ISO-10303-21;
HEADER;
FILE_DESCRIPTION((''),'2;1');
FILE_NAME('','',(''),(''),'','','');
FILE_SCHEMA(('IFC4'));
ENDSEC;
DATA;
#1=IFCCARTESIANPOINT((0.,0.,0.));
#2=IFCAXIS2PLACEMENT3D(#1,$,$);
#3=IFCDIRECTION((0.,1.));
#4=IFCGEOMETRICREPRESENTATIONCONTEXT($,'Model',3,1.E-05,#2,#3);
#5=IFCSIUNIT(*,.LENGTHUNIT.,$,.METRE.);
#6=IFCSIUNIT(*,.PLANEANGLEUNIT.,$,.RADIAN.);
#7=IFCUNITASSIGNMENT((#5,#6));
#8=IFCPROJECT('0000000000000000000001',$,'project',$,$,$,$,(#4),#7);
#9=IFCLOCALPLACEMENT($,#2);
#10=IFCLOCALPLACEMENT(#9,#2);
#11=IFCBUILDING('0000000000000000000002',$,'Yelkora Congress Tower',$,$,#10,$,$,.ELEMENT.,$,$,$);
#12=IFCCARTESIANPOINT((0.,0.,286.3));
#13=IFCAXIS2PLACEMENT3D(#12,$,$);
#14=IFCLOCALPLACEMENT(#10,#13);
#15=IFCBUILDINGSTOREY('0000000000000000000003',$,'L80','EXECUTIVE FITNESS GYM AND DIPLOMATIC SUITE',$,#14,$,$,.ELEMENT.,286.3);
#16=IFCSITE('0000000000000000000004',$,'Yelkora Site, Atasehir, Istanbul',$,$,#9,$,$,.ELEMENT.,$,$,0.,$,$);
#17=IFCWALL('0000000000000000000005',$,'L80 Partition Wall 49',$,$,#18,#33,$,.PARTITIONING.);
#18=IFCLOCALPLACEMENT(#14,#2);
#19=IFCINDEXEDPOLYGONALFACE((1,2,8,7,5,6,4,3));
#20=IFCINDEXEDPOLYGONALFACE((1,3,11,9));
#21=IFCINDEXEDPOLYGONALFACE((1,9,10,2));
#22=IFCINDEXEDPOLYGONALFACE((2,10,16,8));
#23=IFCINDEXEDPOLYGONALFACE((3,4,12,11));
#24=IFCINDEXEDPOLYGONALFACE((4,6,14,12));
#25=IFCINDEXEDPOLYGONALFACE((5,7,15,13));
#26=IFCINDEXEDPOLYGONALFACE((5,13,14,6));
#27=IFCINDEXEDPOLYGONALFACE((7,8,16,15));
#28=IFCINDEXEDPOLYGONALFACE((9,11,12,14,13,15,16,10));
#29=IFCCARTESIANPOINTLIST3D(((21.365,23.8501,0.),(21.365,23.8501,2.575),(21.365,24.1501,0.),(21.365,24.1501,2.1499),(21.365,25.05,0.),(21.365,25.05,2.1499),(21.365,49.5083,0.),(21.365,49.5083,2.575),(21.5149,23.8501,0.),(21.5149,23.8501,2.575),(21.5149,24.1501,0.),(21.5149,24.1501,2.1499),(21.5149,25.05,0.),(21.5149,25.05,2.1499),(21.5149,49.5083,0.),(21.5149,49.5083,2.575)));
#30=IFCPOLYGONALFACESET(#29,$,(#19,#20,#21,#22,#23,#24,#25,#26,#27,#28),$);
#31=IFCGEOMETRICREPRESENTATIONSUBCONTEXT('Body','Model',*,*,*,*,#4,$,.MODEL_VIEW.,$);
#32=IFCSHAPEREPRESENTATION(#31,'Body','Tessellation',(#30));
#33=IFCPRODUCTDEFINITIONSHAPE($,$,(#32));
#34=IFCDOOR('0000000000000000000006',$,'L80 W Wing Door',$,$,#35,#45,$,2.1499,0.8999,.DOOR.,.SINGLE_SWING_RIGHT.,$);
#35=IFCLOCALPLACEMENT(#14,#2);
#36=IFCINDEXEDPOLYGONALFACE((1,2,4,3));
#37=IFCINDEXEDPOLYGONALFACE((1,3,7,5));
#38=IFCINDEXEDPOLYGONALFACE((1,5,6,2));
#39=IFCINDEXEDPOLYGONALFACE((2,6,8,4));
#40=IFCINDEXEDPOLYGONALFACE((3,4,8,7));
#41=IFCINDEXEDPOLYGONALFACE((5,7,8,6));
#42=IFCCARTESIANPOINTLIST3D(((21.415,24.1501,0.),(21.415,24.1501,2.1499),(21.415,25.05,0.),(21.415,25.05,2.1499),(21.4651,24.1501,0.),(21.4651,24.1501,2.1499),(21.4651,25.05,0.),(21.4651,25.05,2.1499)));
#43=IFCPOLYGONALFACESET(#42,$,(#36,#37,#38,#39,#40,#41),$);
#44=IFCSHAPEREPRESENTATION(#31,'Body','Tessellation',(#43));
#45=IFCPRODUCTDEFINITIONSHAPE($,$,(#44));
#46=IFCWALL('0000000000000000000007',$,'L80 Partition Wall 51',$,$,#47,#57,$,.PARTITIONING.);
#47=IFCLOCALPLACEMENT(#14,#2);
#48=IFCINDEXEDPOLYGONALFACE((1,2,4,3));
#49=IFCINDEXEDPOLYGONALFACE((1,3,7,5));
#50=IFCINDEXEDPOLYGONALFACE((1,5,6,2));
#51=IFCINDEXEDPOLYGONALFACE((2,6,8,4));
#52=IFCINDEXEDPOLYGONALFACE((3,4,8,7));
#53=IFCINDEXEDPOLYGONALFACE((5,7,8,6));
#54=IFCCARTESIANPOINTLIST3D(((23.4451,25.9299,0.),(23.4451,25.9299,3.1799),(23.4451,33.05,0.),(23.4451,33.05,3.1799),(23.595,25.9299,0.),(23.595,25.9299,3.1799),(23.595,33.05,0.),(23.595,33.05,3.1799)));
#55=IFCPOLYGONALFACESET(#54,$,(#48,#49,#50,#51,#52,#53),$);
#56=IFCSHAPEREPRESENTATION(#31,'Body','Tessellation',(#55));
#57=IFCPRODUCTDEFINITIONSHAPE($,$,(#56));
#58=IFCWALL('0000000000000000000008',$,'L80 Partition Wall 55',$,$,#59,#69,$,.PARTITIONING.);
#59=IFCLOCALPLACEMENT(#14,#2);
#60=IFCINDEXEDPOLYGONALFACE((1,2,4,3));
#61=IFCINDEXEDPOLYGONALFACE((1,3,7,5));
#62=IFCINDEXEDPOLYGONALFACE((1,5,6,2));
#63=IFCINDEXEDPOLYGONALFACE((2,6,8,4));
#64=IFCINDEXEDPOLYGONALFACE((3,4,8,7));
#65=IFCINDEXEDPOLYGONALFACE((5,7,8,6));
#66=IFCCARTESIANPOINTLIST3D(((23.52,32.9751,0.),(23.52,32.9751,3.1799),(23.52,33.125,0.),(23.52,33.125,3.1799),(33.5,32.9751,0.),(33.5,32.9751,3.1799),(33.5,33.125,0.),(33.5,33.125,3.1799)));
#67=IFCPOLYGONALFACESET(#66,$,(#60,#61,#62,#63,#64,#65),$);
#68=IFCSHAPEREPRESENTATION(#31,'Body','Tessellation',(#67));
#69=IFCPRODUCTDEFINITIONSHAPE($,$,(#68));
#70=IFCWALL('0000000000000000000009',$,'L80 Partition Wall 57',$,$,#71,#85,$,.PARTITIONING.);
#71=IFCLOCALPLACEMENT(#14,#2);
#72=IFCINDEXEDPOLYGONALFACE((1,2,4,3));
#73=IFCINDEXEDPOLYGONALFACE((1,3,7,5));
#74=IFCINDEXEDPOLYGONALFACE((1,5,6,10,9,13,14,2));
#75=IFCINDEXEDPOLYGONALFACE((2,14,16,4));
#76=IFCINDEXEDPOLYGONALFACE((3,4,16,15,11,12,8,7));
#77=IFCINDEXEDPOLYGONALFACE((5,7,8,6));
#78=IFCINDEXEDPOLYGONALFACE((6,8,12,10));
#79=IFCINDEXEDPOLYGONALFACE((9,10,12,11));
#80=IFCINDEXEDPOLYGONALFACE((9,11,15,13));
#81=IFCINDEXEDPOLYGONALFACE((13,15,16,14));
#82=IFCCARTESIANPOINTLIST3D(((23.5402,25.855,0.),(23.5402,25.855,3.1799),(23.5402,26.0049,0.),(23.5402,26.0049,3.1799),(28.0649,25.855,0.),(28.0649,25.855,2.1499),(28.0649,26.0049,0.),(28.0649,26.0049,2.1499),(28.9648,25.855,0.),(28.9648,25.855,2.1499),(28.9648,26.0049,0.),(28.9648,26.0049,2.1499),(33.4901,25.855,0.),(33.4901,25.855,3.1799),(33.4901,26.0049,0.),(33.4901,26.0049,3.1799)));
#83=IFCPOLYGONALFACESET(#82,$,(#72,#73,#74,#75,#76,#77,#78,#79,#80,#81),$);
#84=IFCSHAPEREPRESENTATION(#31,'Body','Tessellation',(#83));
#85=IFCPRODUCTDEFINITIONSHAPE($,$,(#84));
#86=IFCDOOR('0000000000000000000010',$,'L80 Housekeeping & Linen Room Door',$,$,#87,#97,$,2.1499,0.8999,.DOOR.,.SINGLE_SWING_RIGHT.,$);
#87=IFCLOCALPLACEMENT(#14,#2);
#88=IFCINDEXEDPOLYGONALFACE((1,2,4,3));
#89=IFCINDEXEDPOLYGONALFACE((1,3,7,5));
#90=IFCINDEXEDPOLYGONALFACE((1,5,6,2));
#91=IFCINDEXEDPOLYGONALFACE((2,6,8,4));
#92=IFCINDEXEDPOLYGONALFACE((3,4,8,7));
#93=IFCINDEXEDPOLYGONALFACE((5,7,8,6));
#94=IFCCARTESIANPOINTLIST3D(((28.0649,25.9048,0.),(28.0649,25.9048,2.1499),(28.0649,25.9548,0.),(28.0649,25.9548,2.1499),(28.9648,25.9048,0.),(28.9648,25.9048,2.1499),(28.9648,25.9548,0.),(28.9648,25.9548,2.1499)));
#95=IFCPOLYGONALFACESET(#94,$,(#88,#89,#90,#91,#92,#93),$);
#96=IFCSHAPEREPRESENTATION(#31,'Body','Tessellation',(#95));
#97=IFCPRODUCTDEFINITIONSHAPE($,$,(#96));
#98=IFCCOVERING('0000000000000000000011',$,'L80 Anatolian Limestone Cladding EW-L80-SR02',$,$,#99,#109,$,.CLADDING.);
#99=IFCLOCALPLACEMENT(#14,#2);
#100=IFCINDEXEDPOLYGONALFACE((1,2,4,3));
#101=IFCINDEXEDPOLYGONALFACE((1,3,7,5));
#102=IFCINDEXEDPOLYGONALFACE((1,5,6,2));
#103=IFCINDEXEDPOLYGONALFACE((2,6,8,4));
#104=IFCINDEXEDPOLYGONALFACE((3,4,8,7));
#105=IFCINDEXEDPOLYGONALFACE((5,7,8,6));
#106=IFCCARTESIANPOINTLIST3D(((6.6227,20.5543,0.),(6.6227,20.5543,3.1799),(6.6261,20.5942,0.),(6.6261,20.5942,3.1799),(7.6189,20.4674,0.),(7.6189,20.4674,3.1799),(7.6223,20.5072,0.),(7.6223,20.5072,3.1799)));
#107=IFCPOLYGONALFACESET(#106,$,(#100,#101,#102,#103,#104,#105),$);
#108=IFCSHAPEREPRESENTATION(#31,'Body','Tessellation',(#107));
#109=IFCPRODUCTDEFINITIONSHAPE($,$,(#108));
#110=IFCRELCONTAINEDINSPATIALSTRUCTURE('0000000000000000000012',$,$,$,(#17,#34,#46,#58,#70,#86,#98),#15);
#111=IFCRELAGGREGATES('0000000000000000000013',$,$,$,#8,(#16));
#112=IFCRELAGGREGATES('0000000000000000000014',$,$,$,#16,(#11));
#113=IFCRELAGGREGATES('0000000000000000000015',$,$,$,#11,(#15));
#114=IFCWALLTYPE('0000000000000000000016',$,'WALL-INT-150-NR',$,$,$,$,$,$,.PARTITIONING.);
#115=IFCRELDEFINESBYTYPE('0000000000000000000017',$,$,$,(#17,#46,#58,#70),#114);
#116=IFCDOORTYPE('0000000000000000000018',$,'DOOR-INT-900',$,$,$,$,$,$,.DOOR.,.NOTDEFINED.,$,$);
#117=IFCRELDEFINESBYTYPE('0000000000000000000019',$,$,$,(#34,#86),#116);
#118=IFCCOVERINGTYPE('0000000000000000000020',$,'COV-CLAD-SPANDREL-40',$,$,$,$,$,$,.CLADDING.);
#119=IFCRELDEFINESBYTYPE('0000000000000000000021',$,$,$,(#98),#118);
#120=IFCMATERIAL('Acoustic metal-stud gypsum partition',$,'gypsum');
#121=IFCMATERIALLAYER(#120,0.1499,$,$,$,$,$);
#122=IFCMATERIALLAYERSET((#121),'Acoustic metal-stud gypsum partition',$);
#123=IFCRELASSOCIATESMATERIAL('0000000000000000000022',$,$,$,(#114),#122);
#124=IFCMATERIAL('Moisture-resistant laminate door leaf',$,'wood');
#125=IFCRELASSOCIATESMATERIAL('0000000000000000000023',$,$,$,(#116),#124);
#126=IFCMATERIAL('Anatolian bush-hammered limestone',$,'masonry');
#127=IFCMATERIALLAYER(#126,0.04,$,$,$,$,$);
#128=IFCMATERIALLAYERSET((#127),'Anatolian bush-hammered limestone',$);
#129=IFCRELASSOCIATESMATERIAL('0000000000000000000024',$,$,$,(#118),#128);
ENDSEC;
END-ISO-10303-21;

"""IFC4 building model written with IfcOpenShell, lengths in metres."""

from ifc_helpers import new_model, si_unit, direction, frame, frame_2d, origin, place, context, subcontext, project, spatial, rectangle, extrude, material, layer, layer_set, type_object, element, fill, save


model = new_model("IFC4")

# Units and contexts
model_context = context("Model", 3, precision=1e-05, world=origin(), true_north=direction((0.0, 1.0)))
body_context = subcontext(model_context, "Body", "Model", "MODEL_VIEW")
ifc_project = project(units=[si_unit("LENGTHUNIT", "METRE"), si_unit("PLANEANGLEUNIT", "RADIAN")], contexts=[model_context])

# Site, building, storey
site_placement = place(None, origin())
site = spatial("IfcSite", under=ifc_project, at=site_placement, Name="Yelkora Site, Atasehir, Istanbul", CompositionType="ELEMENT", RefElevation=0.0)
building_placement = place(site_placement, origin())
building = spatial("IfcBuilding", under=site, at=building_placement, Name="Yelkora Congress Tower", CompositionType="ELEMENT")
storey_placement = place(building_placement, frame((0.0, 0.0, 286.3)))
storey = spatial("IfcBuildingStorey", under=building, at=storey_placement, Name="L80", Description="EXECUTIVE FITNESS GYM AND DIPLOMATIC SUITE", CompositionType="ELEMENT", Elevation=286.3)

# Wall, opening, door
ifc_material_1 = material(Name="Acoustic metal-stud gypsum partition", Category="gypsum")
ifc_layer_1 = layer(ifc_material_1, 0.1499)
ifc_layer_set_1 = layer_set([ifc_layer_1], Name="Acoustic metal-stud gypsum partition")
wall_type_1 = type_object("IfcWallType", Name="WALL-INT-150-NR", PredefinedType="PARTITIONING", material=ifc_layer_set_1)
wall_1_placement = place(storey_placement, frame((21.4399, 23.8501, 0.0), z_axis=(0.0, 0.0, 1.0), x_axis=(0.0, 1.0, 0.0)))
wall_1 = element("IfcWall", 1, at=wall_1_placement, inside=storey, type_object=wall_type_1, Name="L80 Partition Wall 49", PredefinedType="PARTITIONING", context=body_context, shape_type="SweptSolid", body=[
    extrude(rectangle(XDim=25.6582, YDim=0.1499, at=frame_2d((12.8291, 0.0))), origin(), (0.0, 0.0, 1.0), 2.575),
])
opening_1_placement = place(wall_1_placement, frame((0.3, 0.0, 0.0)))
opening_1 = element("IfcOpeningElement", 2, at=opening_1_placement, cuts=wall_1, PredefinedType="OPENING", context=body_context, shape_type="SweptSolid", body=[
    extrude(rectangle(XDim=0.8999, YDim=2.1499, at=frame_2d((0.45, 1.075))), frame((0.0, 0.085, 0.0), z_axis=(0.0, -1.0, 0.0), x_axis=(1.0, 0.0, 0.0)), (0.0, 0.0, 1.0), 0.1699),
])
ifc_material_2 = material(Name="Moisture-resistant laminate door leaf", Category="wood")
door_type_1 = type_object("IfcDoorType", Name="DOOR-INT-900", OperationType="NOTDEFINED", PredefinedType="DOOR", material=ifc_material_2)
door_1_placement = place(opening_1_placement, origin())
door_1 = element("IfcDoor", 3, at=door_1_placement, inside=storey, type_object=door_type_1, Name="L80 W Wing Door", OperationType="SINGLE_SWING_RIGHT", OverallHeight=2.1499, OverallWidth=0.8999, PredefinedType="DOOR", context=body_context, shape_type="SweptSolid", body=[
    extrude(rectangle(XDim=0.8999, YDim=2.1499, at=frame_2d((0.45, 1.075))), frame((0.0, 0.0249, 0.0), z_axis=(0.0, -1.0, 0.0), x_axis=(1.0, 0.0, 0.0)), (0.0, 0.0, 1.0), 0.05),
])
fill(opening_1, door_1)

# Walls
wall_2_placement = place(storey_placement, frame((23.52, 25.9299, 0.0), z_axis=(0.0, 0.0, 1.0), x_axis=(0.0, 1.0, 0.0)))
element("IfcWall", 4, at=wall_2_placement, inside=storey, type_object=wall_type_1, Name="L80 Partition Wall 51", PredefinedType="PARTITIONING", context=body_context, shape_type="SweptSolid", body=[
    extrude(rectangle(XDim=7.1201, YDim=0.1499, at=frame_2d((3.5601, 0.0))), origin(), (0.0, 0.0, 1.0), 3.1799),
])
wall_3_placement = place(storey_placement, frame((23.52, 33.05, 0.0), z_axis=(0.0, 0.0, 1.0), x_axis=(1.0, 0.0, 0.0)))
element("IfcWall", 5, at=wall_3_placement, inside=storey, type_object=wall_type_1, Name="L80 Partition Wall 55", PredefinedType="PARTITIONING", context=body_context, shape_type="SweptSolid", body=[
    extrude(rectangle(XDim=9.98, YDim=0.1499, at=frame_2d((4.99, 0.0))), origin(), (0.0, 0.0, 1.0), 3.1799),
])

# Wall, opening, door
wall_4_placement = place(storey_placement, frame((23.54, 25.9299, 0.0), z_axis=(0.0, 0.0, 1.0), x_axis=(1.0, 0.0, 0.0)))
wall_4 = element("IfcWall", 6, at=wall_4_placement, inside=storey, type_object=wall_type_1, Name="L80 Partition Wall 57", PredefinedType="PARTITIONING", context=body_context, shape_type="SweptSolid", body=[
    extrude(rectangle(XDim=9.95, YDim=0.1499, at=frame_2d((4.9751, 0.0))), origin(), (0.0, 0.0, 1.0), 3.1799),
])
opening_2_placement = place(wall_4_placement, frame((4.5249, 0.0, 0.0)))
opening_2 = element("IfcOpeningElement", 7, at=opening_2_placement, cuts=wall_4, PredefinedType="OPENING", context=body_context, shape_type="SweptSolid", body=[
    extrude(rectangle(XDim=0.8999, YDim=2.1499, at=frame_2d((0.45, 1.075))), frame((0.0, 0.085, 0.0), z_axis=(0.0, -1.0, 0.0), x_axis=(1.0, 0.0, 0.0)), (0.0, 0.0, 1.0), 0.1699),
])
door_2_placement = place(opening_2_placement, origin())
door_2 = element("IfcDoor", 8, at=door_2_placement, inside=storey, type_object=door_type_1, Name="L80 Housekeeping & Linen Room Door", OperationType="SINGLE_SWING_RIGHT", OverallHeight=2.1499, OverallWidth=0.8999, PredefinedType="DOOR", context=body_context, shape_type="SweptSolid", body=[
    extrude(rectangle(XDim=0.8999, YDim=2.1499, at=frame_2d((0.45, 1.075))), frame((0.0, 0.0249, 0.0), z_axis=(0.0, -1.0, 0.0), x_axis=(1.0, 0.0, 0.0)), (0.0, 0.0, 1.0), 0.05),
])
fill(opening_2, door_2)

# Covering
ifc_material_3 = material(Name="Anatolian bush-hammered limestone", Category="masonry")
ifc_layer_2 = layer(ifc_material_3, 0.04)
ifc_layer_set_2 = layer_set([ifc_layer_2], Name="Anatolian bush-hammered limestone")
covering_type = type_object("IfcCoveringType", Name="COV-CLAD-SPANDREL-40", PredefinedType="CLADDING", material=ifc_layer_set_2)
covering_placement = place(storey_placement, frame((7.6206, 20.4873, 0.0), z_axis=(0.0, 0.0, 1.0), x_axis=(-0.996215, 0.086925, 0.0)))
element("IfcCovering", 9, at=covering_placement, inside=storey, type_object=covering_type, Name="L80 Anatolian Limestone Cladding EW-L80-SR02", PredefinedType="CLADDING", context=body_context, shape_type="SweptSolid", body=[
    extrude(rectangle(XDim=1.0, YDim=0.04, at=frame_2d((0.5, 0.0))), origin(), (0.0, 0.0, 1.0), 3.1799),
])

save(model, "model.ifc")
